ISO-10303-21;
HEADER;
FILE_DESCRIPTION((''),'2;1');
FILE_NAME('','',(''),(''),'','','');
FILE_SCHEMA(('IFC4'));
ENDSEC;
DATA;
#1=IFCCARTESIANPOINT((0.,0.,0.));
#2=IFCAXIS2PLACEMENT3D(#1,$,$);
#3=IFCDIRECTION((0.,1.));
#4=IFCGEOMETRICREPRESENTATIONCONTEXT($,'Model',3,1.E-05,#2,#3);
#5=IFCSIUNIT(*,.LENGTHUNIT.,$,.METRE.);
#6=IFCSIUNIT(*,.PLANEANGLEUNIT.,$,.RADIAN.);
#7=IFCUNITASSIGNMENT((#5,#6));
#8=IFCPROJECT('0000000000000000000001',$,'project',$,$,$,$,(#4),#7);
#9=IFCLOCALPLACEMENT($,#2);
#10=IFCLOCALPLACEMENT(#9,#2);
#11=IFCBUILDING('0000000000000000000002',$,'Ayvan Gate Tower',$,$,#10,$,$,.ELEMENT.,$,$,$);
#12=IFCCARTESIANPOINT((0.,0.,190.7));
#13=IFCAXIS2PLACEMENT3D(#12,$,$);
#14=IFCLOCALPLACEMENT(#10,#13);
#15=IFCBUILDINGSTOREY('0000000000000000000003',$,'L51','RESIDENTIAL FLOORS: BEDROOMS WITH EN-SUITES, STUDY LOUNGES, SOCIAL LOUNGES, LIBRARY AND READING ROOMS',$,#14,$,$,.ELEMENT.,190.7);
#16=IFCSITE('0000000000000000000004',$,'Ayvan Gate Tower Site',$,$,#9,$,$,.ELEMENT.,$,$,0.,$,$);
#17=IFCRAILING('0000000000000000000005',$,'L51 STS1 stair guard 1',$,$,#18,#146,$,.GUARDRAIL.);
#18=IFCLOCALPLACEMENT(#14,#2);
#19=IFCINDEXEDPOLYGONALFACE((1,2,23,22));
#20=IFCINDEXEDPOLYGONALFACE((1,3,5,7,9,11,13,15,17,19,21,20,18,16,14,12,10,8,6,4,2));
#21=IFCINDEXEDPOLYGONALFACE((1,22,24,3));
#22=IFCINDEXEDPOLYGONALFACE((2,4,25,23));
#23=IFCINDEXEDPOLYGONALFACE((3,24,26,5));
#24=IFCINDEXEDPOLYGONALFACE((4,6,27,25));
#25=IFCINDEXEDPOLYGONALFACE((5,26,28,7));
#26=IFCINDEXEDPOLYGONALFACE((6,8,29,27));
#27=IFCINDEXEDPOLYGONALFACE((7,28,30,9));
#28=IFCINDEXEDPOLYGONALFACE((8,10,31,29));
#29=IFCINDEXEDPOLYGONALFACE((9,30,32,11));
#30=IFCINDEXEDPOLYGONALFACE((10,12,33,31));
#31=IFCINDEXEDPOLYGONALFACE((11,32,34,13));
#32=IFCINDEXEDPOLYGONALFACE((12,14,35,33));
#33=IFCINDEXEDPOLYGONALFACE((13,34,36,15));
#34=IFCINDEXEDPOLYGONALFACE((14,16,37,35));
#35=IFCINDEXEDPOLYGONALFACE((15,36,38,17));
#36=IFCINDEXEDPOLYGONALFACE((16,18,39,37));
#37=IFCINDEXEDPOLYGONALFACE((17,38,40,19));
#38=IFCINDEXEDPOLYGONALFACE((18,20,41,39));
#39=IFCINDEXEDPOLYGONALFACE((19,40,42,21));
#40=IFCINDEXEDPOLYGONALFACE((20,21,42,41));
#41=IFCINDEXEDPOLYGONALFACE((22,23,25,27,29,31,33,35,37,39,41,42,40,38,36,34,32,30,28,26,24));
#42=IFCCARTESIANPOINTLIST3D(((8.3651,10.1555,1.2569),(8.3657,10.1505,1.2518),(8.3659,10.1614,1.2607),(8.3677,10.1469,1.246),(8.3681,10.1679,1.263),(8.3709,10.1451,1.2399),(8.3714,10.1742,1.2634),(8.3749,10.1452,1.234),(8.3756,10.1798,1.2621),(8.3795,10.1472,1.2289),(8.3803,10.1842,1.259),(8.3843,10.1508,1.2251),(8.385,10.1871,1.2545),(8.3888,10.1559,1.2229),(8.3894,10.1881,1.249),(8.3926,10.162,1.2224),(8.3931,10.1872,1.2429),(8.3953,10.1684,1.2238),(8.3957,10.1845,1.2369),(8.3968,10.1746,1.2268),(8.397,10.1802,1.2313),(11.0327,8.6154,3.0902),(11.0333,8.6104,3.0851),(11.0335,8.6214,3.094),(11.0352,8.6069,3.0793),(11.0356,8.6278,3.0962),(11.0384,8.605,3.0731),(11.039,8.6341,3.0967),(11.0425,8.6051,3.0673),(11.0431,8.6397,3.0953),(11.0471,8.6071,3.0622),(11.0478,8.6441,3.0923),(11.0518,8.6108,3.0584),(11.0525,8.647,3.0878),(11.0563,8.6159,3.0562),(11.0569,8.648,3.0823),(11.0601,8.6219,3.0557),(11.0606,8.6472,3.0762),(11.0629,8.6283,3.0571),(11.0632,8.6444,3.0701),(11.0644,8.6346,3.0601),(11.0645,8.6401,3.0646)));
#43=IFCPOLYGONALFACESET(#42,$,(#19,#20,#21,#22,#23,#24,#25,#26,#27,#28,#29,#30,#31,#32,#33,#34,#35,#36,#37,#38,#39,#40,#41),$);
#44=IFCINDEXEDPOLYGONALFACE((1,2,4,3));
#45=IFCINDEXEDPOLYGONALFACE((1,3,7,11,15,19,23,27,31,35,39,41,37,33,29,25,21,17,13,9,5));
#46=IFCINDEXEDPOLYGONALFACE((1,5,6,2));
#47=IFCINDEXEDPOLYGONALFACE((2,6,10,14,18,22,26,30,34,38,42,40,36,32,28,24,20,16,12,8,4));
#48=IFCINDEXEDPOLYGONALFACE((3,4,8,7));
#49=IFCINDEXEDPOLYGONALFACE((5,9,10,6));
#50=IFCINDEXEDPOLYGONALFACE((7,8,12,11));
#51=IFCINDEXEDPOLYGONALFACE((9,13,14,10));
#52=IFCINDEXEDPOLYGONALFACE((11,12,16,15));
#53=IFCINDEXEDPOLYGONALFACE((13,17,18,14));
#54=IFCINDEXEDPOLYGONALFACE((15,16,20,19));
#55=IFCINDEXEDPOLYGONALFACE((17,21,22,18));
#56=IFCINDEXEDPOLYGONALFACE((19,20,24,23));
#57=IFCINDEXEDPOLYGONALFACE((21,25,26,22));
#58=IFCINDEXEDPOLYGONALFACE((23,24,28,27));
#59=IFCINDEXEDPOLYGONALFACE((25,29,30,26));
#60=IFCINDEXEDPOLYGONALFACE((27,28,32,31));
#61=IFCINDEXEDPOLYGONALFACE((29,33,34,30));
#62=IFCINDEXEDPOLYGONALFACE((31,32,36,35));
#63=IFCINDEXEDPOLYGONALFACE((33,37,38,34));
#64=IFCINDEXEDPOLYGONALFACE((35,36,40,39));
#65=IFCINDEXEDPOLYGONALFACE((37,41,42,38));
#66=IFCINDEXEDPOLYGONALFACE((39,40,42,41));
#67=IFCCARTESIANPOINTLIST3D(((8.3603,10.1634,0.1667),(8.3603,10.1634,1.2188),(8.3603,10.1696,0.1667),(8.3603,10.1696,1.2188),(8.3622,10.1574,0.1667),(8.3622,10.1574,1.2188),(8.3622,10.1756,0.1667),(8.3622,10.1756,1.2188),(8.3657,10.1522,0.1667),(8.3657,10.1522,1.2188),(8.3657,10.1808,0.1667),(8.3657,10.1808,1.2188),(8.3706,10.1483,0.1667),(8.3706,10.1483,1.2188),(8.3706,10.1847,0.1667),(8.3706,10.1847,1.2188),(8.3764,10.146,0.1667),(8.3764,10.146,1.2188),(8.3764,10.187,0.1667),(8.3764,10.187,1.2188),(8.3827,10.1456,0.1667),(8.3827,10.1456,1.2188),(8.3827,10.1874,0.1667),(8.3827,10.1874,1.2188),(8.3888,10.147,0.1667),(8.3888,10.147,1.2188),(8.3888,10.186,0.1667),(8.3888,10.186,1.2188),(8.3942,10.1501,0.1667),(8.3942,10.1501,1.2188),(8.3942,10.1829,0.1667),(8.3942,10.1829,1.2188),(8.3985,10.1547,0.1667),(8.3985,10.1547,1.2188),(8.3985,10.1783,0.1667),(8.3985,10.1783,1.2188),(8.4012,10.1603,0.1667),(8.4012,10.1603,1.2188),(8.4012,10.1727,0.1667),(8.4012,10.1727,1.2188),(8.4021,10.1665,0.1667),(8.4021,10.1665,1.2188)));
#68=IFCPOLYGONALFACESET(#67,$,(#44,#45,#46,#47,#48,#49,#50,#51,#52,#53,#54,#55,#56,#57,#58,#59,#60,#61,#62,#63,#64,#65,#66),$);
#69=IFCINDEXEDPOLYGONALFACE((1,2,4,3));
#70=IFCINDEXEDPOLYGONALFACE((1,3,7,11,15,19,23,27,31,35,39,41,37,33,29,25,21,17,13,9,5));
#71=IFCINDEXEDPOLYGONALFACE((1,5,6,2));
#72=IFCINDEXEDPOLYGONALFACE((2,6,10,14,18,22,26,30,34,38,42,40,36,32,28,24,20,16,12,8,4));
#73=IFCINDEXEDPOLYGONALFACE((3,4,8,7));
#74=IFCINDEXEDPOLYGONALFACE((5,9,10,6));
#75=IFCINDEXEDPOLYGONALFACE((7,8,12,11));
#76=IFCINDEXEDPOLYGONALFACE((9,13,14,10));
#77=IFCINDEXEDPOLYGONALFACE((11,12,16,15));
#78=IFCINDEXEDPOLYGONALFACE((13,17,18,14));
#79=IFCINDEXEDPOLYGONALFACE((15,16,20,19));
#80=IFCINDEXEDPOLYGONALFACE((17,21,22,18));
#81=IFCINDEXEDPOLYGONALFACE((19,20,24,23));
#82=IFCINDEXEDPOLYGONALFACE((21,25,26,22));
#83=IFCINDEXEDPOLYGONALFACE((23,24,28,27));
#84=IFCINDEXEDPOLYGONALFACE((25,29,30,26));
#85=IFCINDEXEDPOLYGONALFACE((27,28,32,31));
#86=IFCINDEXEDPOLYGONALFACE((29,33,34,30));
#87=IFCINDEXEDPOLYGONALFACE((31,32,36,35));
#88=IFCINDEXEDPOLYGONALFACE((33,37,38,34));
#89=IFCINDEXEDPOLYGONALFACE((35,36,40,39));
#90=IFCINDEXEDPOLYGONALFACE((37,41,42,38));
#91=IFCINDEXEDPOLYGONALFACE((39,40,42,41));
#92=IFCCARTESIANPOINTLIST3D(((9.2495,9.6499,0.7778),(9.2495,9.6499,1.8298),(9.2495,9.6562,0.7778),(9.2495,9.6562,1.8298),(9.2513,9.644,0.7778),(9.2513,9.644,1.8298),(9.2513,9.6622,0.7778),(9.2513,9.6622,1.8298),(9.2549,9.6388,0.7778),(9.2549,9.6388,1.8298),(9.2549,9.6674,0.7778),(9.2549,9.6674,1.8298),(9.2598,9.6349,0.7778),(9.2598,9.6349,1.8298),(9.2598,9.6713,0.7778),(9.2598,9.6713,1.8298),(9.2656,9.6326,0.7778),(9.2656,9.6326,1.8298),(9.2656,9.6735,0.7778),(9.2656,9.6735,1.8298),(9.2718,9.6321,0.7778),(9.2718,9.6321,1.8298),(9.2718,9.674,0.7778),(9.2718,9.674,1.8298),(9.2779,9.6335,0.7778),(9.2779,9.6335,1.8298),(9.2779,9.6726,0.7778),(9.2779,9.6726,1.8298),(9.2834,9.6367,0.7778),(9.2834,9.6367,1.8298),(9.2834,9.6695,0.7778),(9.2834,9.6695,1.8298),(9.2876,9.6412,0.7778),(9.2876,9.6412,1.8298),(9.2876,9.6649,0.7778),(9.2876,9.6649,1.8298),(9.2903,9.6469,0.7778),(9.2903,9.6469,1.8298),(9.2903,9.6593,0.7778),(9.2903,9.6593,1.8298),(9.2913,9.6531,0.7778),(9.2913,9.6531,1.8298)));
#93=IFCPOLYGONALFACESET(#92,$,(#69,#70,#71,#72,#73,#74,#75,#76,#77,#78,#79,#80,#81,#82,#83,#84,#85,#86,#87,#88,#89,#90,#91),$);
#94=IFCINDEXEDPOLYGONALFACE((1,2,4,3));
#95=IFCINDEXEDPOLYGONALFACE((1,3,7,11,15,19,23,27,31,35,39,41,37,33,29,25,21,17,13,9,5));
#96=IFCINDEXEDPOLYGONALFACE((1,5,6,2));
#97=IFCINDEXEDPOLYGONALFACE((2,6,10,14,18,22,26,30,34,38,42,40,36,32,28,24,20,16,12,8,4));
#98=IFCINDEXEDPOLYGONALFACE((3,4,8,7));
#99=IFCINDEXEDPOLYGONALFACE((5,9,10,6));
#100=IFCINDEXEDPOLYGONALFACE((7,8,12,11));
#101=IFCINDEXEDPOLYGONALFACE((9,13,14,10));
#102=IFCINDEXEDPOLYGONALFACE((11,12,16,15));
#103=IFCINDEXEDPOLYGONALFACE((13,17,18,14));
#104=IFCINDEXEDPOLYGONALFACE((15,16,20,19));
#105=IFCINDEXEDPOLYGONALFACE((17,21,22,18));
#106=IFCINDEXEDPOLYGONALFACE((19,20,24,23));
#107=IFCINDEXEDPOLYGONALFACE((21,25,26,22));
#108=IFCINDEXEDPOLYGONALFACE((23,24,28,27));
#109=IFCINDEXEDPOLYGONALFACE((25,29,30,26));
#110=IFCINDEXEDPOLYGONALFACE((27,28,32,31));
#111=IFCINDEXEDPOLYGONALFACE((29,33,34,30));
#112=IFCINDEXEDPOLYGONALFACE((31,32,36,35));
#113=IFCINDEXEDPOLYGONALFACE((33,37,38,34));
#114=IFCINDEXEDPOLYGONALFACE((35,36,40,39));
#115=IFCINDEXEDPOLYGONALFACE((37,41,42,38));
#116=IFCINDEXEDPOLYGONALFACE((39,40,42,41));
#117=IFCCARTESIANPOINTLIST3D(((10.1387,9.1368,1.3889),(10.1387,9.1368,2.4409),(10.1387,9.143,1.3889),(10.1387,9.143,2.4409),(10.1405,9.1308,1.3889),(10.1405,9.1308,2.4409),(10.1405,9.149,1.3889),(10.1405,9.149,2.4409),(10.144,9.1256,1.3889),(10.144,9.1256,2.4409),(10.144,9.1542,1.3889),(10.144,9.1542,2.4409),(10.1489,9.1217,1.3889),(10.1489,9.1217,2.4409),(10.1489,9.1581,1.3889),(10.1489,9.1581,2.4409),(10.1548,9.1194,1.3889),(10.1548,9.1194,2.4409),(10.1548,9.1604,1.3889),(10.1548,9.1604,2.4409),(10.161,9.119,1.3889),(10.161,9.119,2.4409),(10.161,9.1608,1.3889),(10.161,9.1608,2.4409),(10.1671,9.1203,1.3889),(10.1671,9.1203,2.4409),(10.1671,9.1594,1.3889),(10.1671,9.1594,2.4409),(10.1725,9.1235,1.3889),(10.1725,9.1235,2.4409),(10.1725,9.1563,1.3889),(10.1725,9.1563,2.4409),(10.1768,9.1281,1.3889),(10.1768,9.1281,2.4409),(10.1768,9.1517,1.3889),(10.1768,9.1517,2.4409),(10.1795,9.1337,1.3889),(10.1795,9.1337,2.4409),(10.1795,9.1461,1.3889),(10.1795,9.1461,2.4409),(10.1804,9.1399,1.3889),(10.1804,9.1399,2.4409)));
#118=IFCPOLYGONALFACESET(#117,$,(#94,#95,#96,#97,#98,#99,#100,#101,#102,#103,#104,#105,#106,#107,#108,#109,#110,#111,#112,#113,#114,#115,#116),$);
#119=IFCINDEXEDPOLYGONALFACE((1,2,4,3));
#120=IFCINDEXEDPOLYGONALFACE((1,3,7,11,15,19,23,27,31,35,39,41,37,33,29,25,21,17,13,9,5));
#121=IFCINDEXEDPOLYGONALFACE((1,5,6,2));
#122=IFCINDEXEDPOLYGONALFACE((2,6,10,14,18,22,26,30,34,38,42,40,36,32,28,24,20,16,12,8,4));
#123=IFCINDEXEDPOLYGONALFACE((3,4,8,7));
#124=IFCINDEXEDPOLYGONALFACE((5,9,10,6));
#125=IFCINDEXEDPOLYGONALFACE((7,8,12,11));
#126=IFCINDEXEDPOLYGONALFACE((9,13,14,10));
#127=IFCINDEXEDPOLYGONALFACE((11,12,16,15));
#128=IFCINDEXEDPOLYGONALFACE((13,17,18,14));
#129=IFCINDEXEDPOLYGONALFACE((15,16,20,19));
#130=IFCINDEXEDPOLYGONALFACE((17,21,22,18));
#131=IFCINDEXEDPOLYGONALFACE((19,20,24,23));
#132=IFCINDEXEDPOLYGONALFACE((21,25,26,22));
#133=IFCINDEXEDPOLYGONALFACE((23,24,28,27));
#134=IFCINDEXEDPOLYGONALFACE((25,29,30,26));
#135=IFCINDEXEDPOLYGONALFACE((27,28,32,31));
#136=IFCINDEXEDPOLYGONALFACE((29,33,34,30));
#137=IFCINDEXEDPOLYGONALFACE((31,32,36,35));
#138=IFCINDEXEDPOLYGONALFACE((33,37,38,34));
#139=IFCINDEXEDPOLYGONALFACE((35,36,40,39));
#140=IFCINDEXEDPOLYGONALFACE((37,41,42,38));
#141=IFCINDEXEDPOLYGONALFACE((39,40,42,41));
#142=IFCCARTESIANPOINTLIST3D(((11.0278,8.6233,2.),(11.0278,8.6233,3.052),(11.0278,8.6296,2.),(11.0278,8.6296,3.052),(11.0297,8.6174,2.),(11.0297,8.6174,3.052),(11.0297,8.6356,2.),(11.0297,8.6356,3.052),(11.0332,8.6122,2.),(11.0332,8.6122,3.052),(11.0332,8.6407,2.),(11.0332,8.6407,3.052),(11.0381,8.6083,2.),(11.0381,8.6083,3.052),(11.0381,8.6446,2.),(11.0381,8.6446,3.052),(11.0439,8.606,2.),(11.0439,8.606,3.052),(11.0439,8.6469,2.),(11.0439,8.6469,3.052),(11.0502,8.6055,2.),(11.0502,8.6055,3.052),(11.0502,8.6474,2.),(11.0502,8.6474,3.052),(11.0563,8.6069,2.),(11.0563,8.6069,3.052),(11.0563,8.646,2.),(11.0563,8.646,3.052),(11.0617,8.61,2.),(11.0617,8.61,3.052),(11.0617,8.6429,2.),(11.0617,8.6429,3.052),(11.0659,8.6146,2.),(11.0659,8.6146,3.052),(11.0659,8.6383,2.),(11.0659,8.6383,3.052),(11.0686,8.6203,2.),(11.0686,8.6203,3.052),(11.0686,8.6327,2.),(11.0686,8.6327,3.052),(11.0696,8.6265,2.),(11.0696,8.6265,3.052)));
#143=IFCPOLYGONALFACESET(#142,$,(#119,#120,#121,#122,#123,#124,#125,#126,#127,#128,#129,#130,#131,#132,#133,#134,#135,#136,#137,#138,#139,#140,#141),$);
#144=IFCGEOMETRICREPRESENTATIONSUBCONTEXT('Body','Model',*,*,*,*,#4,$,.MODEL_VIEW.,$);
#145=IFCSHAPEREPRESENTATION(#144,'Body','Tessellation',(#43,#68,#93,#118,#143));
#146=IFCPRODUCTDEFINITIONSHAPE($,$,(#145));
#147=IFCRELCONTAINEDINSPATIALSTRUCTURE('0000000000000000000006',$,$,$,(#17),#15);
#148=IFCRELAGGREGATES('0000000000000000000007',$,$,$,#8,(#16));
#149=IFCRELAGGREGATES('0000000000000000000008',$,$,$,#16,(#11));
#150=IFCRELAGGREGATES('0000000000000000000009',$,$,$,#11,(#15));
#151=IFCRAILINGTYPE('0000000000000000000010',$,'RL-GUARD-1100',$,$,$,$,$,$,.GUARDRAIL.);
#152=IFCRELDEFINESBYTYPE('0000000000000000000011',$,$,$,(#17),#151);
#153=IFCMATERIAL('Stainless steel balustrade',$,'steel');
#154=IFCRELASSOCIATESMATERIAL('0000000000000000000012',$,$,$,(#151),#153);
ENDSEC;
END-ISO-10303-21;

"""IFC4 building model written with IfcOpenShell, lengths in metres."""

from ifc_helpers import new_model, si_unit, direction, frame, origin, origin_2d, place, context, subcontext, project, spatial, circle, extrude, material, type_object, element, save


model = new_model("IFC4")

# Units and contexts
model_context = context("Model", 3, precision=1e-05, world=origin(), true_north=direction((0.0, 1.0)))
body_context = subcontext(model_context, "Body", "Model", "MODEL_VIEW")
ifc_project = project(units=[si_unit("LENGTHUNIT", "METRE"), si_unit("PLANEANGLEUNIT", "RADIAN")], contexts=[model_context])

# Site, building, storey
site_placement = place(None, origin())
site = spatial("IfcSite", under=ifc_project, at=site_placement, Name="Ayvan Gate Tower Site", CompositionType="ELEMENT", RefElevation=0.0)
building_placement = place(site_placement, origin())
building = spatial("IfcBuilding", under=site, at=building_placement, Name="Ayvan Gate Tower", CompositionType="ELEMENT")
storey_placement = place(building_placement, frame((0.0, 0.0, 190.7)))
storey = spatial("IfcBuildingStorey", under=building, at=storey_placement, Name="L51", Description="RESIDENTIAL FLOORS: BEDROOMS WITH EN-SUITES, STUDY LOUNGES, SOCIAL LOUNGES, LIBRARY AND READING ROOMS", CompositionType="ELEMENT", Elevation=190.7)

# Railing
ifc_material_1 = material(Name="Stainless steel balustrade", Category="steel")
railing_type_1 = type_object("IfcRailingType", Name="RL-GUARD-1100", PredefinedType="GUARDRAIL", material=ifc_material_1)
railing_1_placement = place(storey_placement, frame((8.3811, 10.1665, 0.1667)))
element("IfcRailing", 1, at=railing_1_placement, inside=storey, type_object=railing_type_1, Name="L51 STS1 stair guard 1", PredefinedType="GUARDRAIL", context=body_context, shape_type="SweptSolid", body=[
    extrude(circle(Radius=0.0239, at=origin_2d()), frame((0.0, 0.0, 1.0762), z_axis=(0.74419, -0.429649, 0.511452), x_axis=(0.499992, 0.86603, 0.0)), (0.0, 0.0, 1.0), 3.5845),
    extrude(circle(Radius=0.021, at=origin_2d()), origin(), (0.0, 0.0, 1.0), 1.052),
    extrude(circle(Radius=0.021, at=origin_2d()), frame((0.8892, -0.5134, 0.6111)), (0.0, 0.0, 1.0), 1.052),
    extrude(circle(Radius=0.021, at=origin_2d()), frame((1.7783, -1.0266, 1.2222)), (0.0, 0.0, 1.0), 1.052),
    extrude(circle(Radius=0.021, at=origin_2d()), frame((2.6675, -1.54, 1.8333)), (0.0, 0.0, 1.0), 1.052),
])

save(model, "model.ifc")
